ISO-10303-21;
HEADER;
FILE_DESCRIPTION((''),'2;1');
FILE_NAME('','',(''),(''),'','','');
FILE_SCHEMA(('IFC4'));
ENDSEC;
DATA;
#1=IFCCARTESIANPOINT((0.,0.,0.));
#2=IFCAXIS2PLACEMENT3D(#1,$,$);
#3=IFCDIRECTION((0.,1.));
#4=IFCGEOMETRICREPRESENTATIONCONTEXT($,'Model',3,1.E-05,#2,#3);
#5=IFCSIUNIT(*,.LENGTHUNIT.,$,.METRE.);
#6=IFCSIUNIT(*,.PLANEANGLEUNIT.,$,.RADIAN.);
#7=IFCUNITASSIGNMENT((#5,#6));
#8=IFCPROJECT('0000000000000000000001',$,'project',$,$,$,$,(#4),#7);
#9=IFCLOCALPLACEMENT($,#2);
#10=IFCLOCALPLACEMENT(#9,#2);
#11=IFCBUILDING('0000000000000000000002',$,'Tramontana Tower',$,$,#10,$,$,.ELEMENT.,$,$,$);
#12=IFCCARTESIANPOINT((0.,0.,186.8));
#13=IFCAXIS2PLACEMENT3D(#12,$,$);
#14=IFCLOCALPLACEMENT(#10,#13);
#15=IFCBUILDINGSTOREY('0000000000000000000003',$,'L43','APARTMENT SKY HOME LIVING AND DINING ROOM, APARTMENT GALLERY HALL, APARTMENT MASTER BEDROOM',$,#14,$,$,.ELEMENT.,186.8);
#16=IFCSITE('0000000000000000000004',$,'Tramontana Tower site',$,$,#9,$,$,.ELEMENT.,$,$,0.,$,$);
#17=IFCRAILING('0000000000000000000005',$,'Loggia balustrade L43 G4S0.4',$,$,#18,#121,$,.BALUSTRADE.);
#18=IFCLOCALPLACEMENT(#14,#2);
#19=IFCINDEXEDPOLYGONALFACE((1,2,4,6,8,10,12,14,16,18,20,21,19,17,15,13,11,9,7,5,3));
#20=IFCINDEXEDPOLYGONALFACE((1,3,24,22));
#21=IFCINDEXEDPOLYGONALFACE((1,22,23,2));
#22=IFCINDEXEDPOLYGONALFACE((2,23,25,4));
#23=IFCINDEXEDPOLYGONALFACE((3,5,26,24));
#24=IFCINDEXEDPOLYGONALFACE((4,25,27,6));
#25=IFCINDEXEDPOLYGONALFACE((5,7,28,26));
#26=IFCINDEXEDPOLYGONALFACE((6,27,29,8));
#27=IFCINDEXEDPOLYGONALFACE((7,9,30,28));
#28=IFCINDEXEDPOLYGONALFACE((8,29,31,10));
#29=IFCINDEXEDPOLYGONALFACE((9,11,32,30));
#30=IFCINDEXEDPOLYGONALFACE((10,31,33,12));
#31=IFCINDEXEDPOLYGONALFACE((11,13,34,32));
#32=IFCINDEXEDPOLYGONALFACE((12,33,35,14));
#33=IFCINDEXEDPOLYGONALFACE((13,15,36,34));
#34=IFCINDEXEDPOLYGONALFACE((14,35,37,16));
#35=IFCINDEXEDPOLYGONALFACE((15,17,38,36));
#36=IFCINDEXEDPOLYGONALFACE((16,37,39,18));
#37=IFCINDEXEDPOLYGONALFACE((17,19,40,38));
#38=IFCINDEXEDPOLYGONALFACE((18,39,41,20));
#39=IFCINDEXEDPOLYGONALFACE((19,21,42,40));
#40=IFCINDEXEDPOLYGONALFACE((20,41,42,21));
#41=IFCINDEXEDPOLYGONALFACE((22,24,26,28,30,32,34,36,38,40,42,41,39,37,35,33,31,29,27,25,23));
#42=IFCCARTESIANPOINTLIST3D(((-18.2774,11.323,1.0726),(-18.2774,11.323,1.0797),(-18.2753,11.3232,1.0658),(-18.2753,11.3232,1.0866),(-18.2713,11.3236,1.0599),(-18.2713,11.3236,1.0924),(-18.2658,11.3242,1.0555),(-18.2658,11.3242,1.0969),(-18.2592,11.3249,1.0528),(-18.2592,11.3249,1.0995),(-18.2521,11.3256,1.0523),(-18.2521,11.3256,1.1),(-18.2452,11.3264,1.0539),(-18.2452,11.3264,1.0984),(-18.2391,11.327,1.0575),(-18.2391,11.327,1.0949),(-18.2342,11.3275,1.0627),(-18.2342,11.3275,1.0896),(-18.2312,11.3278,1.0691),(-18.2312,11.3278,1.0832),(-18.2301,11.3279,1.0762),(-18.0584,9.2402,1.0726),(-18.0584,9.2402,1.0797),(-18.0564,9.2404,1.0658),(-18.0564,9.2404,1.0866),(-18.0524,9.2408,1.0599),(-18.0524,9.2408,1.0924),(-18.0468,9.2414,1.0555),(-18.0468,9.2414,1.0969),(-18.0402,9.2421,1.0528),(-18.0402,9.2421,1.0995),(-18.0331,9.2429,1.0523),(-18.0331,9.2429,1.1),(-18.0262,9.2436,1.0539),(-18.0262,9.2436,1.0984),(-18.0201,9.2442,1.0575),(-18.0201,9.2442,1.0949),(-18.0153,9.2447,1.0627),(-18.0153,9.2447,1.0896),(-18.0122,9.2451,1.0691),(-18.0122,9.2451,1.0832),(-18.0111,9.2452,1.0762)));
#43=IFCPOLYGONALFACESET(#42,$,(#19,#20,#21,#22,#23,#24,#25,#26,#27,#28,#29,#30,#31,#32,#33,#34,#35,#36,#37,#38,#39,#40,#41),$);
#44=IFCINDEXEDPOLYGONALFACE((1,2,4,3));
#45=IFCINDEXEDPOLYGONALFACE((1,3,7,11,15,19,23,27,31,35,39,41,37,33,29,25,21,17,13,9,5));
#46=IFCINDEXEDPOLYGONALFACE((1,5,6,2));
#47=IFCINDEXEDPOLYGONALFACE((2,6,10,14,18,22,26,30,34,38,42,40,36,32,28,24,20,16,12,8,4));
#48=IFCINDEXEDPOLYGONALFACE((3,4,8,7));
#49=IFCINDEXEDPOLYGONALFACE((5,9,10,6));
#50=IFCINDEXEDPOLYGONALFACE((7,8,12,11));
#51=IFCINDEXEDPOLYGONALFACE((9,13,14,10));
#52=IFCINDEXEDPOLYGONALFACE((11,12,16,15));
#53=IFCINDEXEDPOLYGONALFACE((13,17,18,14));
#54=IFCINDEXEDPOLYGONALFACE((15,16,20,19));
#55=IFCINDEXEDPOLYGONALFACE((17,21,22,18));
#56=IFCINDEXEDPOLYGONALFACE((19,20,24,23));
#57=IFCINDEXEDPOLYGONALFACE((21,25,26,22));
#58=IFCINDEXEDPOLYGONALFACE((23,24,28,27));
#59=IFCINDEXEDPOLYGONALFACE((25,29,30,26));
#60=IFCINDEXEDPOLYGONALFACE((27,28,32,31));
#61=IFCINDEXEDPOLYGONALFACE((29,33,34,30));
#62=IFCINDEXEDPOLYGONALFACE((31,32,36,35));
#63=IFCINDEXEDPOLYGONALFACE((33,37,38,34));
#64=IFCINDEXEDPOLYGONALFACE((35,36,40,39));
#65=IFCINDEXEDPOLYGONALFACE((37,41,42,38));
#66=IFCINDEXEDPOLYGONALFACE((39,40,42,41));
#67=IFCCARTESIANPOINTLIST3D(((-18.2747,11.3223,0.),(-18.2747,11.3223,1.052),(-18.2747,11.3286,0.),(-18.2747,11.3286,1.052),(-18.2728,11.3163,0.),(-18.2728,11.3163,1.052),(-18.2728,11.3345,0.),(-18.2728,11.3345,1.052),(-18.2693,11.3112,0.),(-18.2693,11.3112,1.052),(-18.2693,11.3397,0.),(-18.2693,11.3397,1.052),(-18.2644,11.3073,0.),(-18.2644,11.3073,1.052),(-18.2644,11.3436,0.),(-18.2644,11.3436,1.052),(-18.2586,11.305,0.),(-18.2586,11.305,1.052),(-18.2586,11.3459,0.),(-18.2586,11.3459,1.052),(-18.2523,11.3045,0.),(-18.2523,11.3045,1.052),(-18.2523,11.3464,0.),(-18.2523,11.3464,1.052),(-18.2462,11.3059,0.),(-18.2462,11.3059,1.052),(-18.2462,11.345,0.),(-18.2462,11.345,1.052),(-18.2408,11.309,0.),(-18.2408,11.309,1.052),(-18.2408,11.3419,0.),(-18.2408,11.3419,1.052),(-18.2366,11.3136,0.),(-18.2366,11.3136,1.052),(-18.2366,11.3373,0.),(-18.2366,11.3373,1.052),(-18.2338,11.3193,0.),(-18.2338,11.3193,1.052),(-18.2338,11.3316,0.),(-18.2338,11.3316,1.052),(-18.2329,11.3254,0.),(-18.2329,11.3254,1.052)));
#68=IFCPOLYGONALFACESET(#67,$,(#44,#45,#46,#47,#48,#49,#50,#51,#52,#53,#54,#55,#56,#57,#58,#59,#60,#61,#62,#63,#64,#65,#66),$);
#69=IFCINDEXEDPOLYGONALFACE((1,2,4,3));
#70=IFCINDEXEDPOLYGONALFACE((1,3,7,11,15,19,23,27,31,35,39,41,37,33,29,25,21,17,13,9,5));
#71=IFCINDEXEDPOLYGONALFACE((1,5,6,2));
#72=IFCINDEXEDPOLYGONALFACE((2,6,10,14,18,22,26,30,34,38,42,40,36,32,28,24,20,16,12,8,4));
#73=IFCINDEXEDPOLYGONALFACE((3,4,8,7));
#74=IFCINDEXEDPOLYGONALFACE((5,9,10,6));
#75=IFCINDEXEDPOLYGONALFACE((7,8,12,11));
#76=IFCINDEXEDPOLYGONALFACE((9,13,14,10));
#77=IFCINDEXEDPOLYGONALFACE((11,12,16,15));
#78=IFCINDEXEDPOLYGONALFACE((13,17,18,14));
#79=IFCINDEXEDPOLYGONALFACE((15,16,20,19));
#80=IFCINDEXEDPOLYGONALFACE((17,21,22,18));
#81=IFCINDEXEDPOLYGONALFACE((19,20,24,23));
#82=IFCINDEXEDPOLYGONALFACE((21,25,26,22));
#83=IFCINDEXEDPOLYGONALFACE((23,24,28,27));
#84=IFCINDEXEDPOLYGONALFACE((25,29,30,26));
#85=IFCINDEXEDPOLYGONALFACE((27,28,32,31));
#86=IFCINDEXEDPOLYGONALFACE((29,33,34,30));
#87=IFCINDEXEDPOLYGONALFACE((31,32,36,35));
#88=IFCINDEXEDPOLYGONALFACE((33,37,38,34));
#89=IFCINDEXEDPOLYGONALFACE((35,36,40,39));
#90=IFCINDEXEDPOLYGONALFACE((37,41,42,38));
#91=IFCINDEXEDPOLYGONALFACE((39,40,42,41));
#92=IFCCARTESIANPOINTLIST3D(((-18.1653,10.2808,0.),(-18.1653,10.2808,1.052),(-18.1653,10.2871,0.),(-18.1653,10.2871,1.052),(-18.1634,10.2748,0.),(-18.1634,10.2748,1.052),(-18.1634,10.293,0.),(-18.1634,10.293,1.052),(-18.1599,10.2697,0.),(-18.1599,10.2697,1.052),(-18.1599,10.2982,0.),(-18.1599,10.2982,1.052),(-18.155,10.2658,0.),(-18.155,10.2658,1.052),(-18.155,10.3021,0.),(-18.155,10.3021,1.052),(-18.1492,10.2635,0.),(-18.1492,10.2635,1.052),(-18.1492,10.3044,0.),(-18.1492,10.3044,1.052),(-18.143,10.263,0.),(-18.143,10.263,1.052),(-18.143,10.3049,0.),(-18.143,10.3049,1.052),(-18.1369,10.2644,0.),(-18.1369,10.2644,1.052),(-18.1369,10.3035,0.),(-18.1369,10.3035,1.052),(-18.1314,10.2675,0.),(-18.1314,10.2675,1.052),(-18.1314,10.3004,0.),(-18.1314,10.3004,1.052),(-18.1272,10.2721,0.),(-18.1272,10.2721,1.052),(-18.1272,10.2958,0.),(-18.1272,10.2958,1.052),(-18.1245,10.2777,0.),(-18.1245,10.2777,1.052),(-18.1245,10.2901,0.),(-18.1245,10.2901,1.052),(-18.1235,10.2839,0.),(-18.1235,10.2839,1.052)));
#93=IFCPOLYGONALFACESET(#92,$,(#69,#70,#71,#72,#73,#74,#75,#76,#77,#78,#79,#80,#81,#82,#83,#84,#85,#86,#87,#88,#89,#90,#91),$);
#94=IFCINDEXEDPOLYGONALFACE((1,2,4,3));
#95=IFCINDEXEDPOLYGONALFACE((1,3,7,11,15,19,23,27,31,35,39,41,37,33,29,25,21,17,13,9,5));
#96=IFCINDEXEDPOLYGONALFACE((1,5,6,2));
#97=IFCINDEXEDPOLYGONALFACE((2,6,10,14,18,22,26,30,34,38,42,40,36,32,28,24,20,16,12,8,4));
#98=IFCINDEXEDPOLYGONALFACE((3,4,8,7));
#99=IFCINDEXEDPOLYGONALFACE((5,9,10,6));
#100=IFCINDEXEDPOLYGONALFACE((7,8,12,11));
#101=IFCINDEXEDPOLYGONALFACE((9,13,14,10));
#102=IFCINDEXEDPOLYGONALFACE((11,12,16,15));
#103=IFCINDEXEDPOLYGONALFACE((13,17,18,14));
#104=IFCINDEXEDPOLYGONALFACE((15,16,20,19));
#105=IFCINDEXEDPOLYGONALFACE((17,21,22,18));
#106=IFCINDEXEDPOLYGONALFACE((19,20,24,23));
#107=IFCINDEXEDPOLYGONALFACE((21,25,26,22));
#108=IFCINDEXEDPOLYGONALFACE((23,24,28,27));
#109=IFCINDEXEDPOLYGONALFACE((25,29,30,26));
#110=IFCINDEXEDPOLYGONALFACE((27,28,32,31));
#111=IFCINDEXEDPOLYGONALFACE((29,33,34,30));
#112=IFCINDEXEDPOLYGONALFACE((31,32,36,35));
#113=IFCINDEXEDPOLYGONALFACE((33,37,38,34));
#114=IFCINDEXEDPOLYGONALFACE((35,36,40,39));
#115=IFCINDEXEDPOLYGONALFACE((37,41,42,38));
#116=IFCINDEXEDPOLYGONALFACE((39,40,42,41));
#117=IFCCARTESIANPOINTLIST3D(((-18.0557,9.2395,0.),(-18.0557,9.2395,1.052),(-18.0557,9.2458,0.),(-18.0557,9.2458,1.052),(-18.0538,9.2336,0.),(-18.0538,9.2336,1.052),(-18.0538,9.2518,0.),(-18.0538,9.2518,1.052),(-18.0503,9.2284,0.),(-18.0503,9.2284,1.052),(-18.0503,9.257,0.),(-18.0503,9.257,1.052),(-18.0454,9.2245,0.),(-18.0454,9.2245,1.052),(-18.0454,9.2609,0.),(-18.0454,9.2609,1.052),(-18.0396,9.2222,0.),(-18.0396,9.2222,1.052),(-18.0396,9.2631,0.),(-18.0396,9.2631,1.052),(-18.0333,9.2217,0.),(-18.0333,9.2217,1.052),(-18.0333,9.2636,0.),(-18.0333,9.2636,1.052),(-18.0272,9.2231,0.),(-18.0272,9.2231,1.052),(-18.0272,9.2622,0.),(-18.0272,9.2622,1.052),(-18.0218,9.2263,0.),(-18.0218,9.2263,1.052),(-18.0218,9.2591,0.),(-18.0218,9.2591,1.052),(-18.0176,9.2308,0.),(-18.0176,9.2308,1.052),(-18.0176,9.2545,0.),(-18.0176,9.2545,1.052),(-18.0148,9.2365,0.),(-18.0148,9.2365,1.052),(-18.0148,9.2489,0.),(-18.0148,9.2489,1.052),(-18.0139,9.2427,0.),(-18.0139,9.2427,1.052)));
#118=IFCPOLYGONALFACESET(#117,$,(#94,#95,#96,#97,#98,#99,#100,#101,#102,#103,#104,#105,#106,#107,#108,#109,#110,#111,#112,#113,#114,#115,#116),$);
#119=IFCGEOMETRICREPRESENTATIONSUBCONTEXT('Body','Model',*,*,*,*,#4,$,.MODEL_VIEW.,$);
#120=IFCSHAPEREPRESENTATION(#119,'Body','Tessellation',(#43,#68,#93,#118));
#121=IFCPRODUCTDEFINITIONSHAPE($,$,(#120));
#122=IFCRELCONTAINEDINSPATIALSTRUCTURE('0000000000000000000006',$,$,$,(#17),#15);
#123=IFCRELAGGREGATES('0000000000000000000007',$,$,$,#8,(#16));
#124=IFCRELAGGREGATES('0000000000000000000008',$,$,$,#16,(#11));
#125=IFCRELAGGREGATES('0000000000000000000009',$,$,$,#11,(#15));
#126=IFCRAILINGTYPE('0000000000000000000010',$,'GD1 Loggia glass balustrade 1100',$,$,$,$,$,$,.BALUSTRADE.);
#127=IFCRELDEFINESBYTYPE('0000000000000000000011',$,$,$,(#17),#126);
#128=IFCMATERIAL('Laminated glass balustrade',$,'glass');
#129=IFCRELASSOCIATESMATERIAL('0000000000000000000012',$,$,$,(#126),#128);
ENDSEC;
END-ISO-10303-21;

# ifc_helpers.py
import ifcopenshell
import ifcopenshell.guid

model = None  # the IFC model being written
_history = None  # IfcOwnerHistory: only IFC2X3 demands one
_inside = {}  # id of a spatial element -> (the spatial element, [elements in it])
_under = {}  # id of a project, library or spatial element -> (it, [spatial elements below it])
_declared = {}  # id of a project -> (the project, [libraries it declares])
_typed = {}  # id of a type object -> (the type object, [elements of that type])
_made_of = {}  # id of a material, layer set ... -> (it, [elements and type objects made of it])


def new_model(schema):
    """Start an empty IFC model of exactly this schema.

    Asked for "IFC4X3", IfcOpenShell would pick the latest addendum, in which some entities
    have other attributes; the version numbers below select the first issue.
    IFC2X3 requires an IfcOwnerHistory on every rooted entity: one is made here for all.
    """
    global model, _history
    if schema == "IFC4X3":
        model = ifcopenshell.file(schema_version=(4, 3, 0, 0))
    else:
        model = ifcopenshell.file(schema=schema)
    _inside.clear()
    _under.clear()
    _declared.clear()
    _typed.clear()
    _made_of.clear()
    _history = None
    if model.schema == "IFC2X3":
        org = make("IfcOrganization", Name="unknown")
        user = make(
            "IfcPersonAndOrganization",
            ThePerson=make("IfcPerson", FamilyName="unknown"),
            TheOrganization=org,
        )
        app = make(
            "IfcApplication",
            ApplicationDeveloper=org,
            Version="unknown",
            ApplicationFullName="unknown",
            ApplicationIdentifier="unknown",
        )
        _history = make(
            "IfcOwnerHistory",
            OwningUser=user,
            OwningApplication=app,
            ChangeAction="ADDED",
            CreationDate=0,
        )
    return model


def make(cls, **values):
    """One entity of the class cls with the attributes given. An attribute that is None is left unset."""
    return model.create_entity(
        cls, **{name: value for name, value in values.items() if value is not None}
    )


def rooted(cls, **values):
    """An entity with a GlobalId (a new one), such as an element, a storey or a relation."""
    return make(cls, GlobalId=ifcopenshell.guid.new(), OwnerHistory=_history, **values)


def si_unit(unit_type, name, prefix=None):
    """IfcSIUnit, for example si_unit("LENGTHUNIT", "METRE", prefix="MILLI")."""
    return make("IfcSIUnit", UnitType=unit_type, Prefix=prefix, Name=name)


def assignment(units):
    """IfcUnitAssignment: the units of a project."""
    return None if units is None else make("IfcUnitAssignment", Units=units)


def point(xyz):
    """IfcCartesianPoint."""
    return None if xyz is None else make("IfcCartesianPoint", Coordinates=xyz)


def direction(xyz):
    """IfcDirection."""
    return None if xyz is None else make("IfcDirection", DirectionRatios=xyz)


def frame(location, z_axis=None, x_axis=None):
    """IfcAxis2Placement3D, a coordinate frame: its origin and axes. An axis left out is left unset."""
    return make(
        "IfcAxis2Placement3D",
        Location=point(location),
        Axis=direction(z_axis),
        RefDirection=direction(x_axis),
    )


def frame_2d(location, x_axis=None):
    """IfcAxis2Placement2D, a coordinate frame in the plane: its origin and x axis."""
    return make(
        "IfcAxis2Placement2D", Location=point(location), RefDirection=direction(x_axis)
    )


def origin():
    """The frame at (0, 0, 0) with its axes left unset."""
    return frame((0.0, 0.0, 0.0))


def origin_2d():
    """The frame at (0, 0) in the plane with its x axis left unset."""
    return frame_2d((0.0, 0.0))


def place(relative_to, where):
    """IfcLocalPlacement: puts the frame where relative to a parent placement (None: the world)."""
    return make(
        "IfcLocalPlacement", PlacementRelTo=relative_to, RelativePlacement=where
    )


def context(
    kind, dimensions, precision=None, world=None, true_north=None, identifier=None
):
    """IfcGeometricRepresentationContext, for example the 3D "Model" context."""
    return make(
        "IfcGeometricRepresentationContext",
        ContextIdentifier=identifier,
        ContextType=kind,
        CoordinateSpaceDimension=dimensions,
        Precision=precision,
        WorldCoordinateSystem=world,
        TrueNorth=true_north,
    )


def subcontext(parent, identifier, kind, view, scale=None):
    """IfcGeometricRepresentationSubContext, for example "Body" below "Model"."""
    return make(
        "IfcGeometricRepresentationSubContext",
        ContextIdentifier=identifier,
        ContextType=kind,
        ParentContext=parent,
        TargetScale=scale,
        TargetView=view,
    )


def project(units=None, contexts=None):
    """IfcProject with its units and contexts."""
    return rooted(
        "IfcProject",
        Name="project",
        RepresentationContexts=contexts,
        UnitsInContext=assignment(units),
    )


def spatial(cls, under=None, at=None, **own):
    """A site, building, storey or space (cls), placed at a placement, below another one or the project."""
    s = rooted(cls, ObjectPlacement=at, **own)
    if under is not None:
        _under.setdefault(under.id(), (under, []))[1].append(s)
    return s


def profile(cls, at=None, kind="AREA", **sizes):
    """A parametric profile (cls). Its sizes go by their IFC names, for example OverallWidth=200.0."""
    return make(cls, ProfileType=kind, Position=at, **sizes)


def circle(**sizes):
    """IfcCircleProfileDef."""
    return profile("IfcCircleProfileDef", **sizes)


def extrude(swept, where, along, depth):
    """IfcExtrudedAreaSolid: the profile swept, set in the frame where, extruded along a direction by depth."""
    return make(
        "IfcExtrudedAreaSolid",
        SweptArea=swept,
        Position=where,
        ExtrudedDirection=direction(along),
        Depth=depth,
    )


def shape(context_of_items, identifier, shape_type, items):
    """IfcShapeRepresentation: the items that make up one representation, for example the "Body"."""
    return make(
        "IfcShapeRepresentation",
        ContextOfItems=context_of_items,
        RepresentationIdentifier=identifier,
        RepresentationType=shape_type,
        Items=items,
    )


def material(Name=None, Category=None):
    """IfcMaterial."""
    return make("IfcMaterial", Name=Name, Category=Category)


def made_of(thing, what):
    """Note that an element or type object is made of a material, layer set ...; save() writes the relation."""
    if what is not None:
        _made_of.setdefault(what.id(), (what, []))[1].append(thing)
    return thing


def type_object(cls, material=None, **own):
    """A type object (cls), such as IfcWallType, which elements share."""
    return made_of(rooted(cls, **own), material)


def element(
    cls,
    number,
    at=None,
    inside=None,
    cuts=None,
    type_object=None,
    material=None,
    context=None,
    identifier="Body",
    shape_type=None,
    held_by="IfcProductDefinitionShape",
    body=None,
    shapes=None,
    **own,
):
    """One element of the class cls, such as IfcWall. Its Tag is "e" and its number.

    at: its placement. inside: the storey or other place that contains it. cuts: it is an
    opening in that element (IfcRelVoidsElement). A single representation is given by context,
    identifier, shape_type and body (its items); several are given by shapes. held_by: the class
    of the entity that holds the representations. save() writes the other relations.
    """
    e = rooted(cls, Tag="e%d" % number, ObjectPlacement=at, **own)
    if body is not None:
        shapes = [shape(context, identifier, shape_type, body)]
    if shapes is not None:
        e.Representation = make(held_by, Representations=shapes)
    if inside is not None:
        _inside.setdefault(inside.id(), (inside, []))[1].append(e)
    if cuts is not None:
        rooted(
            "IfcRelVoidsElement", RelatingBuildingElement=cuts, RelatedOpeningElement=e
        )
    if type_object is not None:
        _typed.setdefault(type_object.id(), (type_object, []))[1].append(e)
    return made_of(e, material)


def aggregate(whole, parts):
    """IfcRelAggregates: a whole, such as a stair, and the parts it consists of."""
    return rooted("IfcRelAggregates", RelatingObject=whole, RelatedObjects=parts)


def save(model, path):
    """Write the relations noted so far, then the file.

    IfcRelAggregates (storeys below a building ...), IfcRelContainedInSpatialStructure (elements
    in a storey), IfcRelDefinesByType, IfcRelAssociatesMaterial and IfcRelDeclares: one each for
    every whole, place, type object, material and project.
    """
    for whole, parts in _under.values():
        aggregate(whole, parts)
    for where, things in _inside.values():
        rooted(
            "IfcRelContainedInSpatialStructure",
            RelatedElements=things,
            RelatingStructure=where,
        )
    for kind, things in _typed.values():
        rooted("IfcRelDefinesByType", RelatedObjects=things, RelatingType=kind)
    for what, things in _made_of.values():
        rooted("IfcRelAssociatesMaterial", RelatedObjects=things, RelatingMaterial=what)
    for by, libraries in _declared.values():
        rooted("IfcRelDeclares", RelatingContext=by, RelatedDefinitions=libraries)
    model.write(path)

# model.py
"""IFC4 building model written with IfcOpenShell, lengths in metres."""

from ifc_helpers import new_model, si_unit, direction, frame, origin, origin_2d, place, context, subcontext, project, spatial, circle, extrude, material, type_object, element, save


model = new_model("IFC4")

# Units and contexts
model_context = context("Model", 3, precision=1e-05, world=origin(), true_north=direction((0.0, 1.0)))
body_context = subcontext(model_context, "Body", "Model", "MODEL_VIEW")
ifc_project = project(units=[si_unit("LENGTHUNIT", "METRE"), si_unit("PLANEANGLEUNIT", "RADIAN")], contexts=[model_context])

# Site, building, storey
site_placement = place(None, origin())
site = spatial("IfcSite", under=ifc_project, at=site_placement, Name="Tramontana Tower site", CompositionType="ELEMENT", RefElevation=0.0)
building_placement = place(site_placement, origin())
building = spatial("IfcBuilding", under=site, at=building_placement, Name="Tramontana Tower", CompositionType="ELEMENT")
storey_placement = place(building_placement, frame((0.0, 0.0, 186.8)))
storey = spatial("IfcBuildingStorey", under=building, at=storey_placement, Name="L43", Description="APARTMENT SKY HOME LIVING AND DINING ROOM, APARTMENT GALLERY HALL, APARTMENT MASTER BEDROOM", CompositionType="ELEMENT", Elevation=186.8)

# Railing
ifc_material_1 = material(Name="Laminated glass balustrade", Category="glass")
railing_type = type_object("IfcRailingType", Name="GD1 Loggia glass balustrade 1100", PredefinedType="BALUSTRADE", material=ifc_material_1)
railing_1_placement = place(storey_placement, frame((-18.2539, 11.3254, 0.0)))
element("IfcRailing", 1, at=railing_1_placement, inside=storey, type_object=railing_type, Name="Loggia balustrade L43 G4S0.4", PredefinedType="BALUSTRADE", context=body_context, shape_type="SweptSolid", body=[
    extrude(circle(Radius=0.0239, at=origin_2d()), frame((0.0, 0.0, 1.0762), z_axis=(0.104569, -0.994518, 0.0), x_axis=(0.994518, 0.104569, 0.0)), (0.0, 0.0, 1.0), 2.0942),
    extrude(circle(Radius=0.021, at=origin_2d()), origin(), (0.0, 0.0, 1.0), 1.052),
    extrude(circle(Radius=0.021, at=origin_2d()), frame((0.1094, -1.0415, 0.0)), (0.0, 0.0, 1.0), 1.052),
    extrude(circle(Radius=0.021, at=origin_2d()), frame((0.219, -2.0828, 0.0)), (0.0, 0.0, 1.0), 1.052),
])

save(model, "model.ifc")
